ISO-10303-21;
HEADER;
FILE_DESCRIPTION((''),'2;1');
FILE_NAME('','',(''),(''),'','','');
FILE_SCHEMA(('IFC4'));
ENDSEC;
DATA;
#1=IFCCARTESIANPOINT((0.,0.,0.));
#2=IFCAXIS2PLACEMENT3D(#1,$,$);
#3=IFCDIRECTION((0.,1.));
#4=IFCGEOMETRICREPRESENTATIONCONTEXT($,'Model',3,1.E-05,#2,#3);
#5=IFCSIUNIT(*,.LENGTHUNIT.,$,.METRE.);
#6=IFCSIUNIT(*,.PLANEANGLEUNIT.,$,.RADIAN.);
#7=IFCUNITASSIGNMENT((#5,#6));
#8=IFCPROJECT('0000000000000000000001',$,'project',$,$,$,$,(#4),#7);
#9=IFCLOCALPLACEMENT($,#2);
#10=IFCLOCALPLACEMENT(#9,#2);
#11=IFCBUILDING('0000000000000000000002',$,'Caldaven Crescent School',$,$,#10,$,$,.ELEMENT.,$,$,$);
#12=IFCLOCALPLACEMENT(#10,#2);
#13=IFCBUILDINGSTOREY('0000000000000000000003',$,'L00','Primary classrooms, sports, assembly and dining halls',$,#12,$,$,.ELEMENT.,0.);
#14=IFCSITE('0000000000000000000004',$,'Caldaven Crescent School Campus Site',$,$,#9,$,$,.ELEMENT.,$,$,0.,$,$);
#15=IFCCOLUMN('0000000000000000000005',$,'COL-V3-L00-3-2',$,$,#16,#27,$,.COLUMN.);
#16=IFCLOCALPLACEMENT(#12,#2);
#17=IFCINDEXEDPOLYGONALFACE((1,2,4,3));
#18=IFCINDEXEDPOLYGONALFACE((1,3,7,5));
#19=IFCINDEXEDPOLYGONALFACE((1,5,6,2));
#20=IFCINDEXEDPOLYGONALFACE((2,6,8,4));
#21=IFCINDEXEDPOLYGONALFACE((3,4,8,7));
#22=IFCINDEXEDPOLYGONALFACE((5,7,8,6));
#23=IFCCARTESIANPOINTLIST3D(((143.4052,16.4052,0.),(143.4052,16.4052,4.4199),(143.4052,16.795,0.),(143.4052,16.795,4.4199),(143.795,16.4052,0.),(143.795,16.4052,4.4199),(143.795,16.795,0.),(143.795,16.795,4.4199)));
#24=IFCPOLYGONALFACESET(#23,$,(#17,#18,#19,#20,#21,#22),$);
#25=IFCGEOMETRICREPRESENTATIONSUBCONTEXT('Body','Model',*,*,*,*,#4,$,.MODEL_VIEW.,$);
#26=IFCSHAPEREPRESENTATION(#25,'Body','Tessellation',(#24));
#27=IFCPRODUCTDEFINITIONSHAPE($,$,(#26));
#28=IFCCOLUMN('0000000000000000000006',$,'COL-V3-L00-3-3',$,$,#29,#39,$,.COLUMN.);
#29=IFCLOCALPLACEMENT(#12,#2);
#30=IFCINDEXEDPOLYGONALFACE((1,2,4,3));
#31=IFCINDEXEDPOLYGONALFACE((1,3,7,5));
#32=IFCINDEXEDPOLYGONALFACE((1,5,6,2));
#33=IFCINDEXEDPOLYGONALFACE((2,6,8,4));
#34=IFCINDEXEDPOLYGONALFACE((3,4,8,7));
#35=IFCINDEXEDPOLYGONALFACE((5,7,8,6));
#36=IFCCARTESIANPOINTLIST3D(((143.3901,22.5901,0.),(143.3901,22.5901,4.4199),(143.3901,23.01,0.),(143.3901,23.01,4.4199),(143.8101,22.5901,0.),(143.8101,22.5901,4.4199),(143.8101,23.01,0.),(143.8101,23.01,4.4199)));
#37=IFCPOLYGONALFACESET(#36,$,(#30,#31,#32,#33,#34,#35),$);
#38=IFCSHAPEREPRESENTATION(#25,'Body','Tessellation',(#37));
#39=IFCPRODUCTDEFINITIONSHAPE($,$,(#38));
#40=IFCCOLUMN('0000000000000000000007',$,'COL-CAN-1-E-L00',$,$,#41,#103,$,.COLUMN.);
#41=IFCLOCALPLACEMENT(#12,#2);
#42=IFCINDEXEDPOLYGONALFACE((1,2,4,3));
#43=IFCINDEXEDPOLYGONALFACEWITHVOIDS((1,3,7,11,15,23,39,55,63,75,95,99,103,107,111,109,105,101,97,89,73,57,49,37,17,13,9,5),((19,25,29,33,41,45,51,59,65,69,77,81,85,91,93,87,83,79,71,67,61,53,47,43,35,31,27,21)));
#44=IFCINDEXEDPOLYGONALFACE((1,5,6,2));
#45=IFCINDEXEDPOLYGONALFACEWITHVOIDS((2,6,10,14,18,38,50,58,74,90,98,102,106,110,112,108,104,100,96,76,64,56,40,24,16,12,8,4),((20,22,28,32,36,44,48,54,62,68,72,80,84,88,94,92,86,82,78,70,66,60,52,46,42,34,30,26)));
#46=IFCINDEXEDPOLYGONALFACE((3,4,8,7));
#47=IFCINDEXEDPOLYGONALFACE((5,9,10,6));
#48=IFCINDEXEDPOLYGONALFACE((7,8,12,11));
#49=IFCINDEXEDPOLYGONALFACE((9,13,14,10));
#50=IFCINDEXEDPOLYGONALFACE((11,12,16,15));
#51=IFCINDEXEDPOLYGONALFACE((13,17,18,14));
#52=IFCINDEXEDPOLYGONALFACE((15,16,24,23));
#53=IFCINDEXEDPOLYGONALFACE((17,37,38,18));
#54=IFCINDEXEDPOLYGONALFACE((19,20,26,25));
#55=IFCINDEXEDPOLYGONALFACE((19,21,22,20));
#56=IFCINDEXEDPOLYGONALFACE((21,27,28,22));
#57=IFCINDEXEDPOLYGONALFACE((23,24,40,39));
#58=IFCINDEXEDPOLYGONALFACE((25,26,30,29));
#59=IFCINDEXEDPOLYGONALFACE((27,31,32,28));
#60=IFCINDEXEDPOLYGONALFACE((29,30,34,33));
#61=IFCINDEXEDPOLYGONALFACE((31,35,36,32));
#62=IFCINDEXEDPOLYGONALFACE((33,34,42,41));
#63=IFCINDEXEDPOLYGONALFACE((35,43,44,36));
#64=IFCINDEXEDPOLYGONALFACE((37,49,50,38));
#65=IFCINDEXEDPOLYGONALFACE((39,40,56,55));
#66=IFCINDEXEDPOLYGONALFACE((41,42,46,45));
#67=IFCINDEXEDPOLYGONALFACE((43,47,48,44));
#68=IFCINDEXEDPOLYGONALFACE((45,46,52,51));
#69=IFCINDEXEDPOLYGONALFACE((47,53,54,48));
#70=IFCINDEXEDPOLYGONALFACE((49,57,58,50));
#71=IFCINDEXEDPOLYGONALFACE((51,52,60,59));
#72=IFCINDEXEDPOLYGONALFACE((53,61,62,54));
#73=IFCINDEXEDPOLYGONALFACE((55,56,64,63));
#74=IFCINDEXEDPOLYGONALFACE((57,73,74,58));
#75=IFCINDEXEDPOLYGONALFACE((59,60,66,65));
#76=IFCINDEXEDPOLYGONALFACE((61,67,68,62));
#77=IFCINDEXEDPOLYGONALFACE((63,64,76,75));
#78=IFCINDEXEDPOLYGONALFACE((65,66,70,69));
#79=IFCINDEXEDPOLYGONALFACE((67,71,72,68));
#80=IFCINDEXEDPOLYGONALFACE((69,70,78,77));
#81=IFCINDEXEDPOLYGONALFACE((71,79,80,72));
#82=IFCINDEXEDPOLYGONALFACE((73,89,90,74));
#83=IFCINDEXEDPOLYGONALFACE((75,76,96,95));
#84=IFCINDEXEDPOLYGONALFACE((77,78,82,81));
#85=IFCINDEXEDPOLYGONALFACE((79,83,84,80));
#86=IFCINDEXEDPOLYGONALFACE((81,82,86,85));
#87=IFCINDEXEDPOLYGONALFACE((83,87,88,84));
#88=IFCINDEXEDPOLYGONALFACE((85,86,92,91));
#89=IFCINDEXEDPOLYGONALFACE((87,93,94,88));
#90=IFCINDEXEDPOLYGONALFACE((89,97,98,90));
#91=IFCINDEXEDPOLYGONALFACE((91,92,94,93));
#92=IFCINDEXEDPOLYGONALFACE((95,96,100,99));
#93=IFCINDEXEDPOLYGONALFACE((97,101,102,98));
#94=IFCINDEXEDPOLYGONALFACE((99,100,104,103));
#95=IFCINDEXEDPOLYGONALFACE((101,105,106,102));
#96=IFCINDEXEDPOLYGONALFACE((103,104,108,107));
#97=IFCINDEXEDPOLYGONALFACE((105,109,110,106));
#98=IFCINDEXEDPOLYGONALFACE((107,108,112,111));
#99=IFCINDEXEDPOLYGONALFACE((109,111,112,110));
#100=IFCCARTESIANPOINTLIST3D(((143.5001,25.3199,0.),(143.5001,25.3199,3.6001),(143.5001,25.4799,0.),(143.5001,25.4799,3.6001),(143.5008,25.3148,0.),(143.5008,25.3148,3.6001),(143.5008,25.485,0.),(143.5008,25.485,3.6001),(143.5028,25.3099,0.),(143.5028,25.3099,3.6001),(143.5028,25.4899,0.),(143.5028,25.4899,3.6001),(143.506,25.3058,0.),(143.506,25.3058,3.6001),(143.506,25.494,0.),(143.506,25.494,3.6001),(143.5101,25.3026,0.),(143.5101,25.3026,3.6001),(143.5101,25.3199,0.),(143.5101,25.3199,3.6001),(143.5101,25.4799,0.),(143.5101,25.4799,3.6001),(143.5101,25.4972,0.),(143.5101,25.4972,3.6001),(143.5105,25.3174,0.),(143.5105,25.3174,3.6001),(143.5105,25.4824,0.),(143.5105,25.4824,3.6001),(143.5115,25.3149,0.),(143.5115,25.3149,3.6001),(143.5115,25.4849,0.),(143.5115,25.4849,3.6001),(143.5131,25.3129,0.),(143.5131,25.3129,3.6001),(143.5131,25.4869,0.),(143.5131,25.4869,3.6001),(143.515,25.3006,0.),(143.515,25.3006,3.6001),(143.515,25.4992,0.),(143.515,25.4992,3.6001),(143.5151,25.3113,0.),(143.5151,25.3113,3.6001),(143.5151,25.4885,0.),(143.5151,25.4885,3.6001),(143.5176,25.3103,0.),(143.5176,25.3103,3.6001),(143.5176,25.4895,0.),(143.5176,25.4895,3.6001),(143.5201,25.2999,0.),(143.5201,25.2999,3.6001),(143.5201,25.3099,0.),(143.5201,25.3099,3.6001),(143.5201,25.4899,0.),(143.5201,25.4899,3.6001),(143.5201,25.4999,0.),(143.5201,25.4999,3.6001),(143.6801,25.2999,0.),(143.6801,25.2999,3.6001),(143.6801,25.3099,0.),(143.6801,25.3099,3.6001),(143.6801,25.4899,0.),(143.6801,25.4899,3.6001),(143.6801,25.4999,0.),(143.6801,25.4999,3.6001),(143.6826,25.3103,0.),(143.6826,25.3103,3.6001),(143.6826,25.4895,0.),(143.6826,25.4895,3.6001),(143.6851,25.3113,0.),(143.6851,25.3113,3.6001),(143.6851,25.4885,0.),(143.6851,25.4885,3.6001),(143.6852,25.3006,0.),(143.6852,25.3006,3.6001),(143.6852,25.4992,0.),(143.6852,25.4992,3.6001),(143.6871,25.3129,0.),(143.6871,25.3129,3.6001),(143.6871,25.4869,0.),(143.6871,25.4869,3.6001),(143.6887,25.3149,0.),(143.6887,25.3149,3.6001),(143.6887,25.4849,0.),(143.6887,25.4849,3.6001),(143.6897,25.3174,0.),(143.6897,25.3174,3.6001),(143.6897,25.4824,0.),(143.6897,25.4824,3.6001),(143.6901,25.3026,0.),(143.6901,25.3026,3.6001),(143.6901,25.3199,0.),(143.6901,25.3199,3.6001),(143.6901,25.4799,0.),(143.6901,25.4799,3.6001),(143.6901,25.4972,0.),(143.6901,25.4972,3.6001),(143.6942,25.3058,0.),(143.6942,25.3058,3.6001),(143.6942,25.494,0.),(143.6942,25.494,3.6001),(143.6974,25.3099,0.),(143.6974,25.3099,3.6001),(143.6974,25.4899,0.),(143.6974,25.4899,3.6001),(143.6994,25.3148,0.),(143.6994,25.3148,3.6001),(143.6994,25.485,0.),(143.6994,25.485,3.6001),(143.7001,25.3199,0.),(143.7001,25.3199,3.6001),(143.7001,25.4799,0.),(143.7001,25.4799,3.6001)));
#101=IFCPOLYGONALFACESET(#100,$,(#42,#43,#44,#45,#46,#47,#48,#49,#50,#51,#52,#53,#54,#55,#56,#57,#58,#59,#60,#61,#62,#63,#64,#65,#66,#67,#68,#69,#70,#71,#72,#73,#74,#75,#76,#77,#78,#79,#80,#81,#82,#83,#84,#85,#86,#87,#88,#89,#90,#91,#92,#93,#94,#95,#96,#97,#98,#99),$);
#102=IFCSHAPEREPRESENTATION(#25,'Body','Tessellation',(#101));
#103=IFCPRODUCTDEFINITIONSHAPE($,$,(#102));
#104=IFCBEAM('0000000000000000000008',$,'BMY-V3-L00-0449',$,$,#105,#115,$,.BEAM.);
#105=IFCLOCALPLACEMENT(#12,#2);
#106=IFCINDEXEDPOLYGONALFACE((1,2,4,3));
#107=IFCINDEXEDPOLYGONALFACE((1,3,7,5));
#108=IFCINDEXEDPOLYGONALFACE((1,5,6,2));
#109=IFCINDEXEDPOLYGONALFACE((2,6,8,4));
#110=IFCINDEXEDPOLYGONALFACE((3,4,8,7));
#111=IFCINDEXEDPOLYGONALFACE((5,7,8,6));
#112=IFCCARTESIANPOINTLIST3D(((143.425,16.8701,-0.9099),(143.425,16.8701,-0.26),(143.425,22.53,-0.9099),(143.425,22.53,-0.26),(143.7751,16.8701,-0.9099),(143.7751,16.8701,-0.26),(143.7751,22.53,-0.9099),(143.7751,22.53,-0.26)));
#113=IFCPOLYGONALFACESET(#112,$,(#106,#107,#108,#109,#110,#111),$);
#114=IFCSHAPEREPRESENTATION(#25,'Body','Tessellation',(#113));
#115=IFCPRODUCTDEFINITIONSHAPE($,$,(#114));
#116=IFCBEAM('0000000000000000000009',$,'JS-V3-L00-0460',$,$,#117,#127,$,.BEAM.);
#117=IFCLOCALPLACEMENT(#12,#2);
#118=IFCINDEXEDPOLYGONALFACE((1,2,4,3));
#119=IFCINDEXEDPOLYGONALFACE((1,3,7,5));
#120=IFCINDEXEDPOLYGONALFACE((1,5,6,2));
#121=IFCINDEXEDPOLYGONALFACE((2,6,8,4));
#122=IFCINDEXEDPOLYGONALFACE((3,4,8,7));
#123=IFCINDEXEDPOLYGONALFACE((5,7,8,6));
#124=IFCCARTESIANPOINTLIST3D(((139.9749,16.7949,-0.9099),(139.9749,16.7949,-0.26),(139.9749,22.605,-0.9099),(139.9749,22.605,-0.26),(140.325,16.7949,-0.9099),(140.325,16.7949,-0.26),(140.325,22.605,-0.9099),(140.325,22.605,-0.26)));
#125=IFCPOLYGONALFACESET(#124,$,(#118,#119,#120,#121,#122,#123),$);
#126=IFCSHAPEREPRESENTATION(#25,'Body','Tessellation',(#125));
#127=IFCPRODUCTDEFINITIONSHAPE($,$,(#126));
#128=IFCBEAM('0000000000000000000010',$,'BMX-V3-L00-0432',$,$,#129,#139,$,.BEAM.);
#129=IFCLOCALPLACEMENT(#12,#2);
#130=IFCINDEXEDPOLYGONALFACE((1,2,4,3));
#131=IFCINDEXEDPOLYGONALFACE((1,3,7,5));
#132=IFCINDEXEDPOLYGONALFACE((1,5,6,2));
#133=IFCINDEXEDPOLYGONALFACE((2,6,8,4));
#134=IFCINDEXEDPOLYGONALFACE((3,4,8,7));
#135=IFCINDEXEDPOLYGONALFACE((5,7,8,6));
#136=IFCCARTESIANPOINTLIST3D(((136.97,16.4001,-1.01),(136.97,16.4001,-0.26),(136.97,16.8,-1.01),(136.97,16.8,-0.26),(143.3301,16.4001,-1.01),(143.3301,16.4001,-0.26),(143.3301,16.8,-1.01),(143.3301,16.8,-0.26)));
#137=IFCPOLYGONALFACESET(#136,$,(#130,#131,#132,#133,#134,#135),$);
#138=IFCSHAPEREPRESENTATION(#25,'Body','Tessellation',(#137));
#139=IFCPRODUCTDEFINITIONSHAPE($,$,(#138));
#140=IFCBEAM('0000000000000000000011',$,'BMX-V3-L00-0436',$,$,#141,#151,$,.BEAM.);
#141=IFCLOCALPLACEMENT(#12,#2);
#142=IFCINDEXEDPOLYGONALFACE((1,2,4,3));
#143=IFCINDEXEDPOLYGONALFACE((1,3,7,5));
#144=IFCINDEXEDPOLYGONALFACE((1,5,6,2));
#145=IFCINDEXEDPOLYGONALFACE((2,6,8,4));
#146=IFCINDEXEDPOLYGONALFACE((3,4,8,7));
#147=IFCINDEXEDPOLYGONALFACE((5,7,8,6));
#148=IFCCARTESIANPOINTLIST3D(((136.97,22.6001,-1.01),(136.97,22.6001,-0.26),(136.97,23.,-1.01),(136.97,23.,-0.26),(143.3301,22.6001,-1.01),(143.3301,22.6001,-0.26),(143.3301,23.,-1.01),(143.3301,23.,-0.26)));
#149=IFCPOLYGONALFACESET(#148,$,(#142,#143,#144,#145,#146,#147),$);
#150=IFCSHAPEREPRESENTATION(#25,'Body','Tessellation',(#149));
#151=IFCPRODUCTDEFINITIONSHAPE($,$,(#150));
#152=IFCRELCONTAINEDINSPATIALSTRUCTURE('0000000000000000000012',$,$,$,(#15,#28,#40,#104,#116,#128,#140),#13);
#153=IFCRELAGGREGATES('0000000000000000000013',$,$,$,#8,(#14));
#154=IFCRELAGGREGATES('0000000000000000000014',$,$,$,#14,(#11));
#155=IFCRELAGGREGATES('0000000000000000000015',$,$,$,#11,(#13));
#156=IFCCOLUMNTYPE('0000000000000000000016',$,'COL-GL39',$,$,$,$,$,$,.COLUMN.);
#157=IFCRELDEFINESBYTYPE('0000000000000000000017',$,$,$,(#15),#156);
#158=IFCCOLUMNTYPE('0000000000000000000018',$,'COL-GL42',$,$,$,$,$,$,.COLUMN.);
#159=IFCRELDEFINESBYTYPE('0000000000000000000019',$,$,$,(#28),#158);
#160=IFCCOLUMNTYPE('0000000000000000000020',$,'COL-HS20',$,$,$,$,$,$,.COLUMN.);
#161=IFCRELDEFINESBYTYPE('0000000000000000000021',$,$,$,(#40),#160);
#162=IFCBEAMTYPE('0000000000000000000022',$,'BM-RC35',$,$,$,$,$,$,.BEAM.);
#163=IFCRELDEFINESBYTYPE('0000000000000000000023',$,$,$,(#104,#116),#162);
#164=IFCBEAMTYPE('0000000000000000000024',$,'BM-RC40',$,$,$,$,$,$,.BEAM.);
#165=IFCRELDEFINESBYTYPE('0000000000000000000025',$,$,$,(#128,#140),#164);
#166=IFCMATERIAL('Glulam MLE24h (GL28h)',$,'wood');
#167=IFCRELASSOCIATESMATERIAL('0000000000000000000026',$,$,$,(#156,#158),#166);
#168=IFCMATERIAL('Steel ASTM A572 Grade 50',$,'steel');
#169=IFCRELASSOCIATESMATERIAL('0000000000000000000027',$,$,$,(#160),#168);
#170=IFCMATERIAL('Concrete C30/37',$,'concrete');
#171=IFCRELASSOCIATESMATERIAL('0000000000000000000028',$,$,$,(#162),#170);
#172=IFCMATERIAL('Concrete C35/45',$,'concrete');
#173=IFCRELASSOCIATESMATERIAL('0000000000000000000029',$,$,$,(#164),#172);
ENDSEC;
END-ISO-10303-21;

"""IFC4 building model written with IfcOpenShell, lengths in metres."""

from ifc_helpers import new_model, si_unit, direction, frame, origin, origin_2d, place, context, subcontext, project, spatial, rectangle, hollow_rectangle, extrude, material, material_profile, profile_set, type_object, element, save


model = new_model("IFC4")

# Units and contexts
model_context = context("Model", 3, precision=1e-05, world=origin(), true_north=direction((0.0, 1.0)))
body_context = subcontext(model_context, "Body", "Model", "MODEL_VIEW")
ifc_project = project(units=[si_unit("LENGTHUNIT", "METRE"), si_unit("PLANEANGLEUNIT", "RADIAN")], contexts=[model_context])

# Site, building, storey
site_placement = place(None, origin())
site = spatial("IfcSite", under=ifc_project, at=site_placement, Name="Caldaven Crescent School Campus Site", CompositionType="ELEMENT", RefElevation=0.0)
building_placement = place(site_placement, origin())
building = spatial("IfcBuilding", under=site, at=building_placement, Name="Caldaven Crescent School", CompositionType="ELEMENT")
storey_placement = place(building_placement, origin())
storey = spatial("IfcBuildingStorey", under=building, at=storey_placement, Name="L00", Description="Primary classrooms, sports, assembly and dining halls", CompositionType="ELEMENT", Elevation=0.0)

# Columns
ifc_material_1 = material(Name="Glulam MLE24h (GL28h)", Category="wood")
ifc_material_profile_1 = material_profile(ifc_material_1, rectangle(XDim=0.3899, YDim=0.3899, at=origin_2d()), Name="MLE 390x390")
ifc_profile_set_1 = profile_set([ifc_material_profile_1], Name="Glulam MLE24h (GL28h)")
column_type_1 = type_object("IfcColumnType", Name="COL-GL39", PredefinedType="COLUMN", material=ifc_profile_set_1)
column_1_placement = place(storey_placement, frame((143.6001, 16.6001, 0.0), z_axis=(0.0, 0.0, 1.0), x_axis=(1.0, 0.0, 0.0)))
element("IfcColumn", 1, at=column_1_placement, inside=storey, type_object=column_type_1, Name="COL-V3-L00-3-2", PredefinedType="COLUMN", context=body_context, shape_type="SweptSolid", body=[
    extrude(rectangle(XDim=0.3899, YDim=0.3899, at=origin_2d()), origin(), (0.0, 0.0, 1.0), 4.4199),
])
ifc_material_profile_2 = material_profile(ifc_material_1, rectangle(XDim=0.4199, YDim=0.4199, at=origin_2d()), Name="MLE 420x420")
ifc_profile_set_2 = profile_set([ifc_material_profile_2], Name="Glulam MLE24h (GL28h)")
column_type_2 = type_object("IfcColumnType", Name="COL-GL42", PredefinedType="COLUMN", material=ifc_profile_set_2)
column_2_placement = place(storey_placement, frame((143.6001, 22.8, 0.0), z_axis=(0.0, 0.0, 1.0), x_axis=(1.0, 0.0, 0.0)))
element("IfcColumn", 2, at=column_2_placement, inside=storey, type_object=column_type_2, Name="COL-V3-L00-3-3", PredefinedType="COLUMN", context=body_context, shape_type="SweptSolid", body=[
    extrude(rectangle(XDim=0.4199, YDim=0.4199, at=origin_2d()), origin(), (0.0, 0.0, 1.0), 4.4199),
])
ifc_material_2 = material(Name="Steel ASTM A572 Grade 50", Category="steel")
ifc_material_profile_3 = material_profile(ifc_material_2, hollow_rectangle(XDim=0.2, YDim=0.2, WallThickness=0.01, InnerFilletRadius=0.01, OuterFilletRadius=0.02, at=origin_2d()), Name="HSS 200x200x10")
ifc_profile_set_3 = profile_set([ifc_material_profile_3], Name="Steel ASTM A572 Grade 50")
column_type_3 = type_object("IfcColumnType", Name="COL-HS20", PredefinedType="COLUMN", material=ifc_profile_set_3)
column_3_placement = place(storey_placement, frame((143.6001, 25.3999, 0.0), z_axis=(0.0, 0.0, 1.0), x_axis=(1.0, 0.0, 0.0)))
element("IfcColumn", 3, at=column_3_placement, inside=storey, type_object=column_type_3, Name="COL-CAN-1-E-L00", PredefinedType="COLUMN", context=body_context, shape_type="SweptSolid", body=[
    extrude(hollow_rectangle(XDim=0.2, YDim=0.2, WallThickness=0.01, InnerFilletRadius=0.01, OuterFilletRadius=0.02, at=origin_2d()), origin(), (0.0, 0.0, 1.0), 3.6001),
])

# Beams
ifc_material_3 = material(Name="Concrete C30/37", Category="concrete")
ifc_material_profile_4 = material_profile(ifc_material_3, rectangle(XDim=0.3501, YDim=0.6499, at=origin_2d()), Name="RC 350x650")
ifc_profile_set_4 = profile_set([ifc_material_profile_4], Name="Concrete C30/37")
beam_type_1 = type_object("IfcBeamType", Name="BM-RC35", PredefinedType="BEAM", material=ifc_profile_set_4)
beam_1_placement = place(storey_placement, frame((143.6001, 16.8701, -0.585), z_axis=(0.0, 1.0, 0.0), x_axis=(-1.0, 0.0, 0.0)))
element("IfcBeam", 4, at=beam_1_placement, inside=storey, type_object=beam_type_1, Name="BMY-V3-L00-0449", PredefinedType="BEAM", context=body_context, shape_type="SweptSolid", body=[
    extrude(rectangle(XDim=0.3501, YDim=0.6499, at=origin_2d()), origin(), (0.0, 0.0, 1.0), 5.6599),
])
beam_2_placement = place(storey_placement, frame((140.1499, 16.7949, -0.585), z_axis=(0.0, 1.0, 0.0), x_axis=(-1.0, 0.0, 0.0)))
element("IfcBeam", 5, at=beam_2_placement, inside=storey, type_object=beam_type_1, Name="JS-V3-L00-0460", PredefinedType="BEAM", context=body_context, shape_type="SweptSolid", body=[
    extrude(rectangle(XDim=0.3501, YDim=0.6499, at=origin_2d()), origin(), (0.0, 0.0, 1.0), 5.8101),
])
ifc_material_4 = material(Name="Concrete C35/45", Category="concrete")
ifc_material_profile_5 = material_profile(ifc_material_4, rectangle(XDim=0.3999, YDim=0.75, at=origin_2d()), Name="RC 400x750")
ifc_profile_set_5 = profile_set([ifc_material_profile_5], Name="Concrete C35/45")
beam_type_2 = type_object("IfcBeamType", Name="BM-RC40", PredefinedType="BEAM", material=ifc_profile_set_5)
for number, where, z_axis, x_axis, name in (
    (6, (136.97, 16.6001, -0.635), (1.0, 0.0, 0.0), (0.0, 1.0, 0.0), "BMX-V3-L00-0432"),
    (7, (136.97, 22.8, -0.635), (1.0, 0.0, 0.0), (0.0, 1.0, 0.0), "BMX-V3-L00-0436"),
):
    element("IfcBeam", number, at=place(storey_placement, frame(where, z_axis=z_axis, x_axis=x_axis)), inside=storey, type_object=beam_type_2, Name=name, PredefinedType="BEAM", context=body_context, shape_type="SweptSolid", body=[
        extrude(rectangle(XDim=0.3999, YDim=0.75, at=origin_2d()), origin(), (0.0, 0.0, 1.0), 6.3601),
    ])

save(model, "model.ifc")
